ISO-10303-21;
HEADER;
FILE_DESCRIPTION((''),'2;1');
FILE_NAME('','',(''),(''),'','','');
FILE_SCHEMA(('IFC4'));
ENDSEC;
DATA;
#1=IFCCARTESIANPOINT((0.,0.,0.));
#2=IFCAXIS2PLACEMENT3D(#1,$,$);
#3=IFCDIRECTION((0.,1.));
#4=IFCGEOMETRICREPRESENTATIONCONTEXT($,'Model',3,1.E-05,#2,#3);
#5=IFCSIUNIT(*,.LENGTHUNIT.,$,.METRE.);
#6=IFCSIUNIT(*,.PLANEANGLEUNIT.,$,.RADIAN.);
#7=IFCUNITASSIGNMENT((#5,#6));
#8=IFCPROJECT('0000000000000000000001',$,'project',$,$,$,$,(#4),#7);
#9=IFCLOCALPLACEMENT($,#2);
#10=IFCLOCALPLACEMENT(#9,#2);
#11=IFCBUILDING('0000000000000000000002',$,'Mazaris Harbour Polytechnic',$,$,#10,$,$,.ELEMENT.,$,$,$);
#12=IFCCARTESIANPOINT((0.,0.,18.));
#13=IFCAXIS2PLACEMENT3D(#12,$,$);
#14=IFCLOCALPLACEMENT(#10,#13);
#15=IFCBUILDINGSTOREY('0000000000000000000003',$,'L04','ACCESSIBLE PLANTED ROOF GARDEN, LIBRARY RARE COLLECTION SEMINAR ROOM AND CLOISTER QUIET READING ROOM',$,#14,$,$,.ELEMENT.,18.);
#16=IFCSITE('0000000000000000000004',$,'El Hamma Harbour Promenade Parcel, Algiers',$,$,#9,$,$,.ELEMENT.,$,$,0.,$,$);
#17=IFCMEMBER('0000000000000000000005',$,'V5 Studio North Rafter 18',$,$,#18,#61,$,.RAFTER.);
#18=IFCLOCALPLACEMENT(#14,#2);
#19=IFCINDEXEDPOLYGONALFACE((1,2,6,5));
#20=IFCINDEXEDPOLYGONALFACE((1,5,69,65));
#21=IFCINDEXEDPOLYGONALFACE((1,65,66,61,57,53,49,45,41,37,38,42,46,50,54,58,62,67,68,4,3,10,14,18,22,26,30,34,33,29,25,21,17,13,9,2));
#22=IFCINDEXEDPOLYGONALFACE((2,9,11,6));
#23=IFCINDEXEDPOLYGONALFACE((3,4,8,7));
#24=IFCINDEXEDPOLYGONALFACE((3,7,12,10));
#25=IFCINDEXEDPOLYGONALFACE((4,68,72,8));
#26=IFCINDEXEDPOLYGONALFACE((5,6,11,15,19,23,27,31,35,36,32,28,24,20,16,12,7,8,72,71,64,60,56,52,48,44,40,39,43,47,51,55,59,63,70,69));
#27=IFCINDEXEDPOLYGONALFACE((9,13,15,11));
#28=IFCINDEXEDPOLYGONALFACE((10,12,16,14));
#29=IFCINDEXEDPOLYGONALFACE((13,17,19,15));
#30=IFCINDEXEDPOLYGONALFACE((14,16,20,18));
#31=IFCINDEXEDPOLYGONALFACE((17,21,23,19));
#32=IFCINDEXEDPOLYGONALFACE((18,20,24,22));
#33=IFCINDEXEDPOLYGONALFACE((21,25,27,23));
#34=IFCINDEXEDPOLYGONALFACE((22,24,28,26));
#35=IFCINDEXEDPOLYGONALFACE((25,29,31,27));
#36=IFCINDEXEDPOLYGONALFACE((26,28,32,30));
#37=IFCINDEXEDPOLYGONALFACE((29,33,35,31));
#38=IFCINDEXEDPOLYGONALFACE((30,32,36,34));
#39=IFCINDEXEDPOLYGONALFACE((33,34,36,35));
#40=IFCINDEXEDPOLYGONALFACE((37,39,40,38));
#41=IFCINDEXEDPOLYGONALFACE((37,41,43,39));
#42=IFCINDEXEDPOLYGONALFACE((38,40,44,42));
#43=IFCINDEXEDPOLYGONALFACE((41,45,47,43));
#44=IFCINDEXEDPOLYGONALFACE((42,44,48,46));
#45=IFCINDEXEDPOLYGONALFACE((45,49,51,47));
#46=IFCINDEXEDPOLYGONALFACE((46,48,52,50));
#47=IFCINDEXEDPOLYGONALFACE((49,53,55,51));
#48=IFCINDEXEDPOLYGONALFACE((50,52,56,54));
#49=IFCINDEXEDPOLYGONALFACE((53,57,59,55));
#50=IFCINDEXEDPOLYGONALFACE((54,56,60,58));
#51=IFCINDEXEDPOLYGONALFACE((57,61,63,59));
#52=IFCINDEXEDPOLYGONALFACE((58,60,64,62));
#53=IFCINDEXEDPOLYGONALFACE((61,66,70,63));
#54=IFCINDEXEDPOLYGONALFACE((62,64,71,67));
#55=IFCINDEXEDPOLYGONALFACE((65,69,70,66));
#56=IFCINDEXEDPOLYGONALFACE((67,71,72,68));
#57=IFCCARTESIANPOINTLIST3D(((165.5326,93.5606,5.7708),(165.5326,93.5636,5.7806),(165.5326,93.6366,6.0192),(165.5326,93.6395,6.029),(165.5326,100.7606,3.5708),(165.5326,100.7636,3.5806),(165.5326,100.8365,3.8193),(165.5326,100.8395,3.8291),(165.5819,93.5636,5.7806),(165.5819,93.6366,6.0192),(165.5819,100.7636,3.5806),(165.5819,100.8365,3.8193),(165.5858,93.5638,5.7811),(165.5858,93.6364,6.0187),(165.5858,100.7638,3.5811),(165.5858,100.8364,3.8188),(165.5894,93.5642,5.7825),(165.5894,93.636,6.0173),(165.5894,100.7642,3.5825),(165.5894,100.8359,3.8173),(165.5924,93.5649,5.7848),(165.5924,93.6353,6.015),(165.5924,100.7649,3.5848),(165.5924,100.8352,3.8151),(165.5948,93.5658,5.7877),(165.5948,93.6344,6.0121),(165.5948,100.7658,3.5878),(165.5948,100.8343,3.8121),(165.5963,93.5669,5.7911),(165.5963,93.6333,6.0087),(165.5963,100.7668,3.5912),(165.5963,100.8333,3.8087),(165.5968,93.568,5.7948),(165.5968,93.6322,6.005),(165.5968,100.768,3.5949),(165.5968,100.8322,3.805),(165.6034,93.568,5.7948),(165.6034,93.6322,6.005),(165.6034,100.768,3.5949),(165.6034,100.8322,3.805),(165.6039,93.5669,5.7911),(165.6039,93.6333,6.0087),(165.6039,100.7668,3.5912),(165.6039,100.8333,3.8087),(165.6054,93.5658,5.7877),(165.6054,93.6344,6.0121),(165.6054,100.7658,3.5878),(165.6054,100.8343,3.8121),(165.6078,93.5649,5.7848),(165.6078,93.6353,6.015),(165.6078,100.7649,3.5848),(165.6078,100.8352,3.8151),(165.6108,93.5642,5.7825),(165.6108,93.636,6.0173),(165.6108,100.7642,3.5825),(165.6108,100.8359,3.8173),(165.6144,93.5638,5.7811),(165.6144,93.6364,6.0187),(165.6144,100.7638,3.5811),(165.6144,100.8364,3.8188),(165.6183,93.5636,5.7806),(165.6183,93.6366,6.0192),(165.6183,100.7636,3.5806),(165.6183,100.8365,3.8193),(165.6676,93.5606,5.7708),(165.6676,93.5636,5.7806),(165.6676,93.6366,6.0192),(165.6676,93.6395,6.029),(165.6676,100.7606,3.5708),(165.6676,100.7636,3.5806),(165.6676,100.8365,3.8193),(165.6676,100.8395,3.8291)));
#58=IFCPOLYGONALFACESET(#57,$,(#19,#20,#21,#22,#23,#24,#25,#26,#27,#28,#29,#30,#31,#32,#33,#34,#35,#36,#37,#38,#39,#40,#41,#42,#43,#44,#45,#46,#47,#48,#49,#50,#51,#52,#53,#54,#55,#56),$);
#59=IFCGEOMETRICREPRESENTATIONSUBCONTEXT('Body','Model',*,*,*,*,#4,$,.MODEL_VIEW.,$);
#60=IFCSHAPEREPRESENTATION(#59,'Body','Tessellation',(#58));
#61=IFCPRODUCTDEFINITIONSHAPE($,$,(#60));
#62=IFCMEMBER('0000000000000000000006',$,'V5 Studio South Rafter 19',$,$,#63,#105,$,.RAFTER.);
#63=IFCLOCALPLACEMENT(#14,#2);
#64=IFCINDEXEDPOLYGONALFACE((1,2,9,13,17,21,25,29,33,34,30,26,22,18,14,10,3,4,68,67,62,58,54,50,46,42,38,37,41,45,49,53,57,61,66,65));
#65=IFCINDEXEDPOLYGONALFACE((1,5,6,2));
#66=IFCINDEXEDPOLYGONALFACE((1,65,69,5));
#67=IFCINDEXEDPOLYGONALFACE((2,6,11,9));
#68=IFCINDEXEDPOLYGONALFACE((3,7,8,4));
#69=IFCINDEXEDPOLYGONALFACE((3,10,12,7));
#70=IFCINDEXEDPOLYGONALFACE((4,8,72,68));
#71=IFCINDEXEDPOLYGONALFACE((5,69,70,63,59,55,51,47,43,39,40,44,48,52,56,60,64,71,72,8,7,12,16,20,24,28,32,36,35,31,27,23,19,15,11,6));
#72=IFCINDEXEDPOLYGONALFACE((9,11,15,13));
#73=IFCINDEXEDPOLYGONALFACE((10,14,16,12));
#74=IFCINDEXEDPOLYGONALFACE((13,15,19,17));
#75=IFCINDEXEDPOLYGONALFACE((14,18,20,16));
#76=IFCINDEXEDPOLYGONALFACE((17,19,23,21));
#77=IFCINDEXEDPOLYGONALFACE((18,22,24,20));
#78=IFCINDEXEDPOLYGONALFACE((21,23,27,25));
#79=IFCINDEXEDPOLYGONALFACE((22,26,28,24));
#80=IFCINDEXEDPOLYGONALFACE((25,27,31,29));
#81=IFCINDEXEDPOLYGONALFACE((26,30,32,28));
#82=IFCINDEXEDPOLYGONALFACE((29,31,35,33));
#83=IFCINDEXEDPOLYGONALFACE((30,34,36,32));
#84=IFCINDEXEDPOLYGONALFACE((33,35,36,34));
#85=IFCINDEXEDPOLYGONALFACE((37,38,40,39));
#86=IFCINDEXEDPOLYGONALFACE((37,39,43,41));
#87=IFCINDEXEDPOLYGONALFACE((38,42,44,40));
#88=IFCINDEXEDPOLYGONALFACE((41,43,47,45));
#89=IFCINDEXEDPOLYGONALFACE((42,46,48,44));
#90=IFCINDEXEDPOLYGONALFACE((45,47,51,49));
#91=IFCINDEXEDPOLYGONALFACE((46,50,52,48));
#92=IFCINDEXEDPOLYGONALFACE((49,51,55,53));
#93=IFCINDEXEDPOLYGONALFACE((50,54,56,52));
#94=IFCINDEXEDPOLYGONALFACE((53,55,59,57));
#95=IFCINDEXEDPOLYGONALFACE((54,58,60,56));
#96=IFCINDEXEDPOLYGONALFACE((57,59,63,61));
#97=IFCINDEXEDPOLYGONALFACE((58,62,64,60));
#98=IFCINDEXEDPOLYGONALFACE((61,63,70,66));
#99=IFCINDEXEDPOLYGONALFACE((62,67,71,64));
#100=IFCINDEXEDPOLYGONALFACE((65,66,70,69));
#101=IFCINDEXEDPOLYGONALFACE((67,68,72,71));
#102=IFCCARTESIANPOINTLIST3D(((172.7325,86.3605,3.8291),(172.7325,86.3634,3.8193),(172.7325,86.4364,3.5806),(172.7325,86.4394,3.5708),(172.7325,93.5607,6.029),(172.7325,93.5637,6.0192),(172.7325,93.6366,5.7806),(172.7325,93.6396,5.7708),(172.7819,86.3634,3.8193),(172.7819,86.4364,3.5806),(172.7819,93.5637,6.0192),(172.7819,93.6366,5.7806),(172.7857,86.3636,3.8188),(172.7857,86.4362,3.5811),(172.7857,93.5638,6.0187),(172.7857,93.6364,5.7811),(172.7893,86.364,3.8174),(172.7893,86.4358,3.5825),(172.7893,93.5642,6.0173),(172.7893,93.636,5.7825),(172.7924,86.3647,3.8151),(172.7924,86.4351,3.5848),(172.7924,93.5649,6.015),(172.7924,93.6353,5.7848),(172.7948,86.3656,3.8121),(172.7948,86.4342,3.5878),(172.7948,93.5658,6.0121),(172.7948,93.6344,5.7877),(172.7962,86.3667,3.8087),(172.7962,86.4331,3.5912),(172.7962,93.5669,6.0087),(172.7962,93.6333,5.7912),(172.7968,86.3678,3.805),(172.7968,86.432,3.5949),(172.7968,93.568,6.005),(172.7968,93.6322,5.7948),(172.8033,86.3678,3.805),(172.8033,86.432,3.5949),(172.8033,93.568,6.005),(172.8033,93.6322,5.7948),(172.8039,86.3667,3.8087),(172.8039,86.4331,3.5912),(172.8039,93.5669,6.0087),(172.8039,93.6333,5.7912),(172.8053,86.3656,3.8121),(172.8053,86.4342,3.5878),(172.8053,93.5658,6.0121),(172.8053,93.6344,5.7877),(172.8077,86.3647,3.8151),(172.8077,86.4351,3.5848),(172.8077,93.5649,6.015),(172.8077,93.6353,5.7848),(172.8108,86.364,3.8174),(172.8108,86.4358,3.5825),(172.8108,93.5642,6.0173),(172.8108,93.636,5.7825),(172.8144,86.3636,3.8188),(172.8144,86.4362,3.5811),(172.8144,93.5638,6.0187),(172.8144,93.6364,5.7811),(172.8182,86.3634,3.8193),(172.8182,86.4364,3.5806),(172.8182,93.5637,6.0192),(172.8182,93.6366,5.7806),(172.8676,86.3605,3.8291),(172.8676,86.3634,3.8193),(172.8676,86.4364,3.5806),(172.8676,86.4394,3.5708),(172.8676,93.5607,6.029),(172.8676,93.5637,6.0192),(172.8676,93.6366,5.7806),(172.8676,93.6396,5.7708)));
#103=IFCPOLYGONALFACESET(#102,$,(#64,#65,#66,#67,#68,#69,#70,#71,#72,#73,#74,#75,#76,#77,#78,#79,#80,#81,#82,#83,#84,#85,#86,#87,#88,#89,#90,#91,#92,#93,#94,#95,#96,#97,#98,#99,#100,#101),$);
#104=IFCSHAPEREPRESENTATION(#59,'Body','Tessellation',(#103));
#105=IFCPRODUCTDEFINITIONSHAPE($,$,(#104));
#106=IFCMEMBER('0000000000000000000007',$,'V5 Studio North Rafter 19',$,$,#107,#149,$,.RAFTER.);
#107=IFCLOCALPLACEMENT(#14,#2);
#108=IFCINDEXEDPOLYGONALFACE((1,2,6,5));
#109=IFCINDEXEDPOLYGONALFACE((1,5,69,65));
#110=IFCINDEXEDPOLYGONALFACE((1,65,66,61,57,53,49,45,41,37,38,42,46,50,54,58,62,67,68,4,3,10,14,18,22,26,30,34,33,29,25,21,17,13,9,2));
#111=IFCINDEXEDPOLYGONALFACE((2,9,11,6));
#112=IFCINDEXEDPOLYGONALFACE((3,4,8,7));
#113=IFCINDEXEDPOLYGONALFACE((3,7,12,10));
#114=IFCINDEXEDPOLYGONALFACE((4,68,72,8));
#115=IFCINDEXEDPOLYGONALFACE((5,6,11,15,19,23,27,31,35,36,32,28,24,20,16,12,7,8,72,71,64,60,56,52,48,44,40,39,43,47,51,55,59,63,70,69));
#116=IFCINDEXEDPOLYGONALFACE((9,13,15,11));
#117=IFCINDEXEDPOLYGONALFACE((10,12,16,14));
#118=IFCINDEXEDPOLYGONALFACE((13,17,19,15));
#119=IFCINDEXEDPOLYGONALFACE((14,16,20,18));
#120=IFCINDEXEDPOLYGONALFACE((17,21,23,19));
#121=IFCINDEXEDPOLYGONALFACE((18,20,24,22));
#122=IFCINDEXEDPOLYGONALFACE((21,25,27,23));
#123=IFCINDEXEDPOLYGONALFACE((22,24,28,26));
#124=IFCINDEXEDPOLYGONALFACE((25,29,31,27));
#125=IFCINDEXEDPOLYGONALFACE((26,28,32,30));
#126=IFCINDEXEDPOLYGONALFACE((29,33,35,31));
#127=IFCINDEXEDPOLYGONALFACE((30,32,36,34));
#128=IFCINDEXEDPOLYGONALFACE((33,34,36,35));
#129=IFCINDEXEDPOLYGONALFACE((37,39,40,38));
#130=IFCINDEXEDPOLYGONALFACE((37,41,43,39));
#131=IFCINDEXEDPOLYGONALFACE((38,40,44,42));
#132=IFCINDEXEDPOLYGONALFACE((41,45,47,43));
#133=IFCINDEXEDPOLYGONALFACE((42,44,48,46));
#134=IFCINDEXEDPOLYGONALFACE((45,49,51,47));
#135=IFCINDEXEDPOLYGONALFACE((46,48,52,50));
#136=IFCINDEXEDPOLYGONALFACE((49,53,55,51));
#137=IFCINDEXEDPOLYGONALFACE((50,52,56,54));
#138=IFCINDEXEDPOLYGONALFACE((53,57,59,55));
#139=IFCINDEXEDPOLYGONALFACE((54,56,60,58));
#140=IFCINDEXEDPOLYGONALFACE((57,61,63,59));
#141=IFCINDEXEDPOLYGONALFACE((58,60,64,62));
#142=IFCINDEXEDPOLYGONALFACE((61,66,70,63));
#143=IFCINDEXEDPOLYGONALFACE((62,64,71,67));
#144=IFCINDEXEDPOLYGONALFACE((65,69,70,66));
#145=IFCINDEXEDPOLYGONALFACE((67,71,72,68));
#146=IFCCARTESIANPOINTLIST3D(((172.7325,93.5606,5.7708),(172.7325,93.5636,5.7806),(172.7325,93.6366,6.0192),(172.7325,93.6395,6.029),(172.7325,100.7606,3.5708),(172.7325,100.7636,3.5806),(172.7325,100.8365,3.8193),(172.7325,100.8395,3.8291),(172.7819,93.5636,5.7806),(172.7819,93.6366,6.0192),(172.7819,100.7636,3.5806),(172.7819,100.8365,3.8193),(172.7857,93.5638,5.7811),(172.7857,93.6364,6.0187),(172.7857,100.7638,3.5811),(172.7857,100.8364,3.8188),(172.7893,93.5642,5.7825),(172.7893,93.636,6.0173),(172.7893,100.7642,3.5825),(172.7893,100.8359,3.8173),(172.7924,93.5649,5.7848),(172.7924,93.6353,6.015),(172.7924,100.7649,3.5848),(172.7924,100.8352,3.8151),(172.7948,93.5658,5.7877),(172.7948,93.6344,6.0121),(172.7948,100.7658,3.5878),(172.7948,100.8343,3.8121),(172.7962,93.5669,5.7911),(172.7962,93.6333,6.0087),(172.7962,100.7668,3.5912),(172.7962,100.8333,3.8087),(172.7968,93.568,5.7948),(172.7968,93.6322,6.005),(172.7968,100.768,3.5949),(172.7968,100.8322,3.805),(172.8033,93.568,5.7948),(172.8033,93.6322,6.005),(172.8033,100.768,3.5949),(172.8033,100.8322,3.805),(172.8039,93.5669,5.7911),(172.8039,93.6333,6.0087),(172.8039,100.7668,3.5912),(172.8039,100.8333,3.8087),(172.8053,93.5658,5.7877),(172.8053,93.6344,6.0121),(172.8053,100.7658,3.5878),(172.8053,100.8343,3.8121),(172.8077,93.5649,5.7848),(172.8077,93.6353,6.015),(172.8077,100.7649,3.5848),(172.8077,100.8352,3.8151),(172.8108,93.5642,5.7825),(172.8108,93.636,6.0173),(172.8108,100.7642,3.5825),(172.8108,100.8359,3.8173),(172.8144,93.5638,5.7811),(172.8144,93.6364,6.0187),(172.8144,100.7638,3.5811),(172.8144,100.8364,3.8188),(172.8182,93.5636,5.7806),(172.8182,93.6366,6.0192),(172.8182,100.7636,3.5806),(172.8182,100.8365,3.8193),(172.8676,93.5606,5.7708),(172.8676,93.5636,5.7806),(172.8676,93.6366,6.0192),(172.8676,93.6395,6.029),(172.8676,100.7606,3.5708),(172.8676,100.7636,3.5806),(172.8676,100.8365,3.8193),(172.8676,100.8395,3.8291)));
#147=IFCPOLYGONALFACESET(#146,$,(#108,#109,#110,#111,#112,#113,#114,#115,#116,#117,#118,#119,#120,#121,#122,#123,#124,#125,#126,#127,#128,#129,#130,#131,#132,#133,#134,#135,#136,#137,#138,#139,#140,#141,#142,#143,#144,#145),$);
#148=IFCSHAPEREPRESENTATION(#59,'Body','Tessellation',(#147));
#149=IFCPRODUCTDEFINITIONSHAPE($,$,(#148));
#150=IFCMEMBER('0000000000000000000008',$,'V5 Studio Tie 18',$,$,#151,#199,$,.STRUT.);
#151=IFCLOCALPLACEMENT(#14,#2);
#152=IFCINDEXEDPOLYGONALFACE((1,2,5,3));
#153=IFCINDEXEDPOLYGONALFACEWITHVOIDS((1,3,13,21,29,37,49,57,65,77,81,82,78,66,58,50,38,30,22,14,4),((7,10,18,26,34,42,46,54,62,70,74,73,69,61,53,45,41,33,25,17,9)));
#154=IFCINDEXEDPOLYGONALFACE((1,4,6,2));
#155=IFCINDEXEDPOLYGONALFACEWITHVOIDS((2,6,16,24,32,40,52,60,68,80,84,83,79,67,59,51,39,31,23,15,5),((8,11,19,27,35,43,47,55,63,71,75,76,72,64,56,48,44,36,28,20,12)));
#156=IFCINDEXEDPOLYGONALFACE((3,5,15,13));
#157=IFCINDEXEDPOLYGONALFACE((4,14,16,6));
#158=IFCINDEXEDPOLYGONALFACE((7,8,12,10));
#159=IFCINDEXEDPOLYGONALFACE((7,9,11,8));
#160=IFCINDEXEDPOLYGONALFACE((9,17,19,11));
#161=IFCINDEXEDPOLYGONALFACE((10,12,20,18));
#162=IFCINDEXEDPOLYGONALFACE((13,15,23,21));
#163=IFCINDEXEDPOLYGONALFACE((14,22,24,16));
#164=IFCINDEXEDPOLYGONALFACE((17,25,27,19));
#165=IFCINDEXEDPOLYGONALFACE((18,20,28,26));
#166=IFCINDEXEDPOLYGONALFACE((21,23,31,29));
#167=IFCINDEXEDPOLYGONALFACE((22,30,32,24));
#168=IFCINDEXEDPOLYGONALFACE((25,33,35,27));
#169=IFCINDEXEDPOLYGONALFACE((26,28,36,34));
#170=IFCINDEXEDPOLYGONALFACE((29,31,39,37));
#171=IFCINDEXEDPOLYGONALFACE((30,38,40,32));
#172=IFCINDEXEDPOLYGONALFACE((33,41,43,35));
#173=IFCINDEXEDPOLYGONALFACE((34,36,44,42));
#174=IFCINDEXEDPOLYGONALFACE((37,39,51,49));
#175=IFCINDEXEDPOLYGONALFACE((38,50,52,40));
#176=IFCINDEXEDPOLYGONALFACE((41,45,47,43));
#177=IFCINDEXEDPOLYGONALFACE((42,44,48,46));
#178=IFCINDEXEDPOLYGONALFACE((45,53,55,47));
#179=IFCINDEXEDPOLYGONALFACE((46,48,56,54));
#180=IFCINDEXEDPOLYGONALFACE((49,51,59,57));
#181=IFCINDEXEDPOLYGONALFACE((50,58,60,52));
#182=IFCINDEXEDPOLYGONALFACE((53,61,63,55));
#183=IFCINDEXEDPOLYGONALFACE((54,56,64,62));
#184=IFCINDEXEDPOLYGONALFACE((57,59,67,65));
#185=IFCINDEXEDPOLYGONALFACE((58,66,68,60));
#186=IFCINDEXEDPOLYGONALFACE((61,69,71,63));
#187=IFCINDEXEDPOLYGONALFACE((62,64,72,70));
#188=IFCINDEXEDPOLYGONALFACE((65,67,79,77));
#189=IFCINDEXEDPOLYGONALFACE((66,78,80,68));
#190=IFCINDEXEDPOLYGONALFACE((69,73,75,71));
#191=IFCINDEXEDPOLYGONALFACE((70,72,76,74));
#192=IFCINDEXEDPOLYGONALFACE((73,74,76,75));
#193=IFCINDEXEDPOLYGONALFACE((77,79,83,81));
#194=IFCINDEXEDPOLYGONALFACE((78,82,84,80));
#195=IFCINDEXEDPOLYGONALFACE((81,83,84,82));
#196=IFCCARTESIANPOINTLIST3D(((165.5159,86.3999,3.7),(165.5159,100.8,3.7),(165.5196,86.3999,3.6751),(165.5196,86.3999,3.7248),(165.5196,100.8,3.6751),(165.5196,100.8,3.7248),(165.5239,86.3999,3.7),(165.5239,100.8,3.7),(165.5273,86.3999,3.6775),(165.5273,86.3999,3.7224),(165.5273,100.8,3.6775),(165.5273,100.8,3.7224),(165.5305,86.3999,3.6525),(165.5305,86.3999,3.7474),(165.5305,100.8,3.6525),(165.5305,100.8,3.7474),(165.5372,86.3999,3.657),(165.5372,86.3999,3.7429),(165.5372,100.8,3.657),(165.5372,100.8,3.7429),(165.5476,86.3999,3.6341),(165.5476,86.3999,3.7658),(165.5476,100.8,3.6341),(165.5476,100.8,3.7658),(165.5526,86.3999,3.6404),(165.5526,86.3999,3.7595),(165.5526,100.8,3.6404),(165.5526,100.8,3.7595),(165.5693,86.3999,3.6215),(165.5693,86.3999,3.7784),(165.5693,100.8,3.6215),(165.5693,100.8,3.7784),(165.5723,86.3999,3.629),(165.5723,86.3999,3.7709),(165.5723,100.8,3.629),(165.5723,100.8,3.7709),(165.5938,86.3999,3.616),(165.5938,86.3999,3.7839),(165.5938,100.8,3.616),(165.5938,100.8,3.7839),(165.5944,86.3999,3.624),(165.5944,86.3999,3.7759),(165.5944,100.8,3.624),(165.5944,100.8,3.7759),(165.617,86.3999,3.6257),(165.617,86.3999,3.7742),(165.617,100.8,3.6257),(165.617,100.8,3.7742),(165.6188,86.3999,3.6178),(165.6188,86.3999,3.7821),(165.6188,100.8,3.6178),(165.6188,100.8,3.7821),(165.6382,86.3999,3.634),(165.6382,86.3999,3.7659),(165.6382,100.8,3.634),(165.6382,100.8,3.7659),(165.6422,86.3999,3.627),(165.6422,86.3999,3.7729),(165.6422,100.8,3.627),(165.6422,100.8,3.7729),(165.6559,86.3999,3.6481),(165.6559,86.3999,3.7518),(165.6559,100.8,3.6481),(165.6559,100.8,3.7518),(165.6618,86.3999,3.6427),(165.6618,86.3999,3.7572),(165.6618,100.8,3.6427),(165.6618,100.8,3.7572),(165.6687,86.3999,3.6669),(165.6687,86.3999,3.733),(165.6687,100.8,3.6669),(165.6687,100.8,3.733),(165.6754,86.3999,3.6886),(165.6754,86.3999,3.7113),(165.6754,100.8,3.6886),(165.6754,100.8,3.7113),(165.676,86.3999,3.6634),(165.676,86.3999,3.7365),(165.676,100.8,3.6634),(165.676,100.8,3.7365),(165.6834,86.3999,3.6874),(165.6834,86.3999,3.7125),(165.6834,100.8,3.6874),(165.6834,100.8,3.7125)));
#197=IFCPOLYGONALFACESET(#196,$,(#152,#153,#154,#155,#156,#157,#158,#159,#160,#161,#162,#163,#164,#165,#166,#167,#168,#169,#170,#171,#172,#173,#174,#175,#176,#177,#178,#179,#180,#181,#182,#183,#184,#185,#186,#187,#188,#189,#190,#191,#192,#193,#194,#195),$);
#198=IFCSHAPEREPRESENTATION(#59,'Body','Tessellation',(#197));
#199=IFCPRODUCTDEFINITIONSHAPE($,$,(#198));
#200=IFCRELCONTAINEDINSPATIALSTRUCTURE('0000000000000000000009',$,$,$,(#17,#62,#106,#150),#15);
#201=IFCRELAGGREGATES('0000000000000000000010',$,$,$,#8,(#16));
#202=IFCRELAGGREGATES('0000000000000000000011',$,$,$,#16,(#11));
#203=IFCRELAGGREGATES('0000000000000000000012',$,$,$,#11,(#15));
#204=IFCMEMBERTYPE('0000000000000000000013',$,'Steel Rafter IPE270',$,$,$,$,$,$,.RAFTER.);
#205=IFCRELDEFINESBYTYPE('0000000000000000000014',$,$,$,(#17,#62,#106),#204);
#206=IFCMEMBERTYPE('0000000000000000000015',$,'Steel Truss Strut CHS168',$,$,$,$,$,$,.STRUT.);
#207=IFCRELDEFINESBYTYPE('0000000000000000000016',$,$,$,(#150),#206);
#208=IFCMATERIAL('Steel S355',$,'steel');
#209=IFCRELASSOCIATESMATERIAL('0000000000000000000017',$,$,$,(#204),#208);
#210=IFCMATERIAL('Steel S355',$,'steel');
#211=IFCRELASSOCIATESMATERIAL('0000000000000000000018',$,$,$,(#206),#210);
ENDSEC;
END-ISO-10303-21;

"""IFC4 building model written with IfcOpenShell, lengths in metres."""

from ifc_helpers import new_model, si_unit, direction, frame, origin, origin_2d, place, context, subcontext, project, spatial, hollow_circle, i_section, extrude, material, material_profile, profile_set, type_object, element, save


model = new_model("IFC4")

# Units and contexts
model_context = context("Model", 3, precision=1e-05, world=origin(), true_north=direction((0.0, 1.0)))
body_context = subcontext(model_context, "Body", "Model", "MODEL_VIEW")
ifc_project = project(units=[si_unit("LENGTHUNIT", "METRE"), si_unit("PLANEANGLEUNIT", "RADIAN")], contexts=[model_context])

# Site, building, storey
site_placement = place(None, origin())
site = spatial("IfcSite", under=ifc_project, at=site_placement, Name="El Hamma Harbour Promenade Parcel, Algiers", CompositionType="ELEMENT", RefElevation=0.0)
building_placement = place(site_placement, origin())
building = spatial("IfcBuilding", under=site, at=building_placement, Name="Mazaris Harbour Polytechnic", CompositionType="ELEMENT")
storey_placement = place(building_placement, frame((0.0, 0.0, 18.0)))
storey = spatial("IfcBuildingStorey", under=building, at=storey_placement, Name="L04", Description="ACCESSIBLE PLANTED ROOF GARDEN, LIBRARY RARE COLLECTION SEMINAR ROOM AND CLOISTER QUIET READING ROOM", CompositionType="ELEMENT", Elevation=18.0)

# Members
ifc_material_1 = material(Name="Steel S355", Category="steel")
ifc_material_profile_1 = material_profile(ifc_material_1, i_section(OverallWidth=0.135, OverallDepth=0.27, WebThickness=0.0066, FlangeThickness=0.0103, FilletRadius=0.0149, at=origin_2d()), Name="IPE 270")
ifc_profile_set_1 = profile_set([ifc_material_profile_1], Name="Steel S355")
member_type_1 = type_object("IfcMemberType", Name="Steel Rafter IPE270", PredefinedType="RAFTER", material=ifc_profile_set_1)
member_1_placement = place(storey_placement, frame((165.6001, 93.6001, 5.8999), z_axis=(0.0, 0.956353, -0.292214), x_axis=(-1.0, 0.0, 0.0)))
element("IfcMember", 1, at=member_1_placement, inside=storey, type_object=member_type_1, Name="V5 Studio North Rafter 18", PredefinedType="RAFTER", context=body_context, shape_type="SweptSolid", body=[
    extrude(i_section(OverallWidth=0.135, OverallDepth=0.27, WebThickness=0.0066, FlangeThickness=0.0103, FilletRadius=0.0149, at=origin_2d()), origin(), (0.0, 0.0, 1.0), 7.5286),
])
member_2_placement = place(storey_placement, frame((172.8, 86.3999, 3.7), z_axis=(0.0, 0.956356, 0.292205), x_axis=(-1.0, 0.0, 0.0)))
element("IfcMember", 2, at=member_2_placement, inside=storey, type_object=member_type_1, Name="V5 Studio South Rafter 19", PredefinedType="RAFTER", context=body_context, shape_type="SweptSolid", body=[
    extrude(i_section(OverallWidth=0.135, OverallDepth=0.27, WebThickness=0.0066, FlangeThickness=0.0103, FilletRadius=0.0149, at=origin_2d()), origin(), (0.0, 0.0, 1.0), 7.5288),
])
member_3_placement = place(storey_placement, frame((172.8, 93.6001, 5.8999), z_axis=(0.0, 0.956353, -0.292214), x_axis=(-1.0, 0.0, 0.0)))
element("IfcMember", 3, at=member_3_placement, inside=storey, type_object=member_type_1, Name="V5 Studio North Rafter 19", PredefinedType="RAFTER", context=body_context, shape_type="SweptSolid", body=[
    extrude(i_section(OverallWidth=0.135, OverallDepth=0.27, WebThickness=0.0066, FlangeThickness=0.0103, FilletRadius=0.0149, at=origin_2d()), origin(), (0.0, 0.0, 1.0), 7.5286),
])
ifc_material_2 = material(Name="Steel S355", Category="steel")
ifc_material_profile_2 = material_profile(ifc_material_2, hollow_circle(Radius=0.0842, WallThickness=0.0081, at=origin_2d()), Name="CHS 168.3x8.0")
ifc_profile_set_2 = profile_set([ifc_material_profile_2], Name="Steel S355")
member_type_2 = type_object("IfcMemberType", Name="Steel Truss Strut CHS168", PredefinedType="STRUT", material=ifc_profile_set_2)
for number, where, z_axis, x_axis, name in (
    (4, (165.6001, 86.3999, 3.7), (0.0, 1.0, 0.0), (-1.0, 0.0, 0.0), "V5 Studio Tie 18"),
):
    element("IfcMember", number, at=place(storey_placement, frame(where, z_axis=z_axis, x_axis=x_axis)), inside=storey, type_object=member_type_2, Name=name, PredefinedType="STRUT", context=body_context, shape_type="SweptSolid", body=[
        extrude(hollow_circle(Radius=0.0842, WallThickness=0.0081, at=origin_2d()), origin(), (0.0, 0.0, 1.0), 14.4001),
    ])

save(model, "model.ifc")
